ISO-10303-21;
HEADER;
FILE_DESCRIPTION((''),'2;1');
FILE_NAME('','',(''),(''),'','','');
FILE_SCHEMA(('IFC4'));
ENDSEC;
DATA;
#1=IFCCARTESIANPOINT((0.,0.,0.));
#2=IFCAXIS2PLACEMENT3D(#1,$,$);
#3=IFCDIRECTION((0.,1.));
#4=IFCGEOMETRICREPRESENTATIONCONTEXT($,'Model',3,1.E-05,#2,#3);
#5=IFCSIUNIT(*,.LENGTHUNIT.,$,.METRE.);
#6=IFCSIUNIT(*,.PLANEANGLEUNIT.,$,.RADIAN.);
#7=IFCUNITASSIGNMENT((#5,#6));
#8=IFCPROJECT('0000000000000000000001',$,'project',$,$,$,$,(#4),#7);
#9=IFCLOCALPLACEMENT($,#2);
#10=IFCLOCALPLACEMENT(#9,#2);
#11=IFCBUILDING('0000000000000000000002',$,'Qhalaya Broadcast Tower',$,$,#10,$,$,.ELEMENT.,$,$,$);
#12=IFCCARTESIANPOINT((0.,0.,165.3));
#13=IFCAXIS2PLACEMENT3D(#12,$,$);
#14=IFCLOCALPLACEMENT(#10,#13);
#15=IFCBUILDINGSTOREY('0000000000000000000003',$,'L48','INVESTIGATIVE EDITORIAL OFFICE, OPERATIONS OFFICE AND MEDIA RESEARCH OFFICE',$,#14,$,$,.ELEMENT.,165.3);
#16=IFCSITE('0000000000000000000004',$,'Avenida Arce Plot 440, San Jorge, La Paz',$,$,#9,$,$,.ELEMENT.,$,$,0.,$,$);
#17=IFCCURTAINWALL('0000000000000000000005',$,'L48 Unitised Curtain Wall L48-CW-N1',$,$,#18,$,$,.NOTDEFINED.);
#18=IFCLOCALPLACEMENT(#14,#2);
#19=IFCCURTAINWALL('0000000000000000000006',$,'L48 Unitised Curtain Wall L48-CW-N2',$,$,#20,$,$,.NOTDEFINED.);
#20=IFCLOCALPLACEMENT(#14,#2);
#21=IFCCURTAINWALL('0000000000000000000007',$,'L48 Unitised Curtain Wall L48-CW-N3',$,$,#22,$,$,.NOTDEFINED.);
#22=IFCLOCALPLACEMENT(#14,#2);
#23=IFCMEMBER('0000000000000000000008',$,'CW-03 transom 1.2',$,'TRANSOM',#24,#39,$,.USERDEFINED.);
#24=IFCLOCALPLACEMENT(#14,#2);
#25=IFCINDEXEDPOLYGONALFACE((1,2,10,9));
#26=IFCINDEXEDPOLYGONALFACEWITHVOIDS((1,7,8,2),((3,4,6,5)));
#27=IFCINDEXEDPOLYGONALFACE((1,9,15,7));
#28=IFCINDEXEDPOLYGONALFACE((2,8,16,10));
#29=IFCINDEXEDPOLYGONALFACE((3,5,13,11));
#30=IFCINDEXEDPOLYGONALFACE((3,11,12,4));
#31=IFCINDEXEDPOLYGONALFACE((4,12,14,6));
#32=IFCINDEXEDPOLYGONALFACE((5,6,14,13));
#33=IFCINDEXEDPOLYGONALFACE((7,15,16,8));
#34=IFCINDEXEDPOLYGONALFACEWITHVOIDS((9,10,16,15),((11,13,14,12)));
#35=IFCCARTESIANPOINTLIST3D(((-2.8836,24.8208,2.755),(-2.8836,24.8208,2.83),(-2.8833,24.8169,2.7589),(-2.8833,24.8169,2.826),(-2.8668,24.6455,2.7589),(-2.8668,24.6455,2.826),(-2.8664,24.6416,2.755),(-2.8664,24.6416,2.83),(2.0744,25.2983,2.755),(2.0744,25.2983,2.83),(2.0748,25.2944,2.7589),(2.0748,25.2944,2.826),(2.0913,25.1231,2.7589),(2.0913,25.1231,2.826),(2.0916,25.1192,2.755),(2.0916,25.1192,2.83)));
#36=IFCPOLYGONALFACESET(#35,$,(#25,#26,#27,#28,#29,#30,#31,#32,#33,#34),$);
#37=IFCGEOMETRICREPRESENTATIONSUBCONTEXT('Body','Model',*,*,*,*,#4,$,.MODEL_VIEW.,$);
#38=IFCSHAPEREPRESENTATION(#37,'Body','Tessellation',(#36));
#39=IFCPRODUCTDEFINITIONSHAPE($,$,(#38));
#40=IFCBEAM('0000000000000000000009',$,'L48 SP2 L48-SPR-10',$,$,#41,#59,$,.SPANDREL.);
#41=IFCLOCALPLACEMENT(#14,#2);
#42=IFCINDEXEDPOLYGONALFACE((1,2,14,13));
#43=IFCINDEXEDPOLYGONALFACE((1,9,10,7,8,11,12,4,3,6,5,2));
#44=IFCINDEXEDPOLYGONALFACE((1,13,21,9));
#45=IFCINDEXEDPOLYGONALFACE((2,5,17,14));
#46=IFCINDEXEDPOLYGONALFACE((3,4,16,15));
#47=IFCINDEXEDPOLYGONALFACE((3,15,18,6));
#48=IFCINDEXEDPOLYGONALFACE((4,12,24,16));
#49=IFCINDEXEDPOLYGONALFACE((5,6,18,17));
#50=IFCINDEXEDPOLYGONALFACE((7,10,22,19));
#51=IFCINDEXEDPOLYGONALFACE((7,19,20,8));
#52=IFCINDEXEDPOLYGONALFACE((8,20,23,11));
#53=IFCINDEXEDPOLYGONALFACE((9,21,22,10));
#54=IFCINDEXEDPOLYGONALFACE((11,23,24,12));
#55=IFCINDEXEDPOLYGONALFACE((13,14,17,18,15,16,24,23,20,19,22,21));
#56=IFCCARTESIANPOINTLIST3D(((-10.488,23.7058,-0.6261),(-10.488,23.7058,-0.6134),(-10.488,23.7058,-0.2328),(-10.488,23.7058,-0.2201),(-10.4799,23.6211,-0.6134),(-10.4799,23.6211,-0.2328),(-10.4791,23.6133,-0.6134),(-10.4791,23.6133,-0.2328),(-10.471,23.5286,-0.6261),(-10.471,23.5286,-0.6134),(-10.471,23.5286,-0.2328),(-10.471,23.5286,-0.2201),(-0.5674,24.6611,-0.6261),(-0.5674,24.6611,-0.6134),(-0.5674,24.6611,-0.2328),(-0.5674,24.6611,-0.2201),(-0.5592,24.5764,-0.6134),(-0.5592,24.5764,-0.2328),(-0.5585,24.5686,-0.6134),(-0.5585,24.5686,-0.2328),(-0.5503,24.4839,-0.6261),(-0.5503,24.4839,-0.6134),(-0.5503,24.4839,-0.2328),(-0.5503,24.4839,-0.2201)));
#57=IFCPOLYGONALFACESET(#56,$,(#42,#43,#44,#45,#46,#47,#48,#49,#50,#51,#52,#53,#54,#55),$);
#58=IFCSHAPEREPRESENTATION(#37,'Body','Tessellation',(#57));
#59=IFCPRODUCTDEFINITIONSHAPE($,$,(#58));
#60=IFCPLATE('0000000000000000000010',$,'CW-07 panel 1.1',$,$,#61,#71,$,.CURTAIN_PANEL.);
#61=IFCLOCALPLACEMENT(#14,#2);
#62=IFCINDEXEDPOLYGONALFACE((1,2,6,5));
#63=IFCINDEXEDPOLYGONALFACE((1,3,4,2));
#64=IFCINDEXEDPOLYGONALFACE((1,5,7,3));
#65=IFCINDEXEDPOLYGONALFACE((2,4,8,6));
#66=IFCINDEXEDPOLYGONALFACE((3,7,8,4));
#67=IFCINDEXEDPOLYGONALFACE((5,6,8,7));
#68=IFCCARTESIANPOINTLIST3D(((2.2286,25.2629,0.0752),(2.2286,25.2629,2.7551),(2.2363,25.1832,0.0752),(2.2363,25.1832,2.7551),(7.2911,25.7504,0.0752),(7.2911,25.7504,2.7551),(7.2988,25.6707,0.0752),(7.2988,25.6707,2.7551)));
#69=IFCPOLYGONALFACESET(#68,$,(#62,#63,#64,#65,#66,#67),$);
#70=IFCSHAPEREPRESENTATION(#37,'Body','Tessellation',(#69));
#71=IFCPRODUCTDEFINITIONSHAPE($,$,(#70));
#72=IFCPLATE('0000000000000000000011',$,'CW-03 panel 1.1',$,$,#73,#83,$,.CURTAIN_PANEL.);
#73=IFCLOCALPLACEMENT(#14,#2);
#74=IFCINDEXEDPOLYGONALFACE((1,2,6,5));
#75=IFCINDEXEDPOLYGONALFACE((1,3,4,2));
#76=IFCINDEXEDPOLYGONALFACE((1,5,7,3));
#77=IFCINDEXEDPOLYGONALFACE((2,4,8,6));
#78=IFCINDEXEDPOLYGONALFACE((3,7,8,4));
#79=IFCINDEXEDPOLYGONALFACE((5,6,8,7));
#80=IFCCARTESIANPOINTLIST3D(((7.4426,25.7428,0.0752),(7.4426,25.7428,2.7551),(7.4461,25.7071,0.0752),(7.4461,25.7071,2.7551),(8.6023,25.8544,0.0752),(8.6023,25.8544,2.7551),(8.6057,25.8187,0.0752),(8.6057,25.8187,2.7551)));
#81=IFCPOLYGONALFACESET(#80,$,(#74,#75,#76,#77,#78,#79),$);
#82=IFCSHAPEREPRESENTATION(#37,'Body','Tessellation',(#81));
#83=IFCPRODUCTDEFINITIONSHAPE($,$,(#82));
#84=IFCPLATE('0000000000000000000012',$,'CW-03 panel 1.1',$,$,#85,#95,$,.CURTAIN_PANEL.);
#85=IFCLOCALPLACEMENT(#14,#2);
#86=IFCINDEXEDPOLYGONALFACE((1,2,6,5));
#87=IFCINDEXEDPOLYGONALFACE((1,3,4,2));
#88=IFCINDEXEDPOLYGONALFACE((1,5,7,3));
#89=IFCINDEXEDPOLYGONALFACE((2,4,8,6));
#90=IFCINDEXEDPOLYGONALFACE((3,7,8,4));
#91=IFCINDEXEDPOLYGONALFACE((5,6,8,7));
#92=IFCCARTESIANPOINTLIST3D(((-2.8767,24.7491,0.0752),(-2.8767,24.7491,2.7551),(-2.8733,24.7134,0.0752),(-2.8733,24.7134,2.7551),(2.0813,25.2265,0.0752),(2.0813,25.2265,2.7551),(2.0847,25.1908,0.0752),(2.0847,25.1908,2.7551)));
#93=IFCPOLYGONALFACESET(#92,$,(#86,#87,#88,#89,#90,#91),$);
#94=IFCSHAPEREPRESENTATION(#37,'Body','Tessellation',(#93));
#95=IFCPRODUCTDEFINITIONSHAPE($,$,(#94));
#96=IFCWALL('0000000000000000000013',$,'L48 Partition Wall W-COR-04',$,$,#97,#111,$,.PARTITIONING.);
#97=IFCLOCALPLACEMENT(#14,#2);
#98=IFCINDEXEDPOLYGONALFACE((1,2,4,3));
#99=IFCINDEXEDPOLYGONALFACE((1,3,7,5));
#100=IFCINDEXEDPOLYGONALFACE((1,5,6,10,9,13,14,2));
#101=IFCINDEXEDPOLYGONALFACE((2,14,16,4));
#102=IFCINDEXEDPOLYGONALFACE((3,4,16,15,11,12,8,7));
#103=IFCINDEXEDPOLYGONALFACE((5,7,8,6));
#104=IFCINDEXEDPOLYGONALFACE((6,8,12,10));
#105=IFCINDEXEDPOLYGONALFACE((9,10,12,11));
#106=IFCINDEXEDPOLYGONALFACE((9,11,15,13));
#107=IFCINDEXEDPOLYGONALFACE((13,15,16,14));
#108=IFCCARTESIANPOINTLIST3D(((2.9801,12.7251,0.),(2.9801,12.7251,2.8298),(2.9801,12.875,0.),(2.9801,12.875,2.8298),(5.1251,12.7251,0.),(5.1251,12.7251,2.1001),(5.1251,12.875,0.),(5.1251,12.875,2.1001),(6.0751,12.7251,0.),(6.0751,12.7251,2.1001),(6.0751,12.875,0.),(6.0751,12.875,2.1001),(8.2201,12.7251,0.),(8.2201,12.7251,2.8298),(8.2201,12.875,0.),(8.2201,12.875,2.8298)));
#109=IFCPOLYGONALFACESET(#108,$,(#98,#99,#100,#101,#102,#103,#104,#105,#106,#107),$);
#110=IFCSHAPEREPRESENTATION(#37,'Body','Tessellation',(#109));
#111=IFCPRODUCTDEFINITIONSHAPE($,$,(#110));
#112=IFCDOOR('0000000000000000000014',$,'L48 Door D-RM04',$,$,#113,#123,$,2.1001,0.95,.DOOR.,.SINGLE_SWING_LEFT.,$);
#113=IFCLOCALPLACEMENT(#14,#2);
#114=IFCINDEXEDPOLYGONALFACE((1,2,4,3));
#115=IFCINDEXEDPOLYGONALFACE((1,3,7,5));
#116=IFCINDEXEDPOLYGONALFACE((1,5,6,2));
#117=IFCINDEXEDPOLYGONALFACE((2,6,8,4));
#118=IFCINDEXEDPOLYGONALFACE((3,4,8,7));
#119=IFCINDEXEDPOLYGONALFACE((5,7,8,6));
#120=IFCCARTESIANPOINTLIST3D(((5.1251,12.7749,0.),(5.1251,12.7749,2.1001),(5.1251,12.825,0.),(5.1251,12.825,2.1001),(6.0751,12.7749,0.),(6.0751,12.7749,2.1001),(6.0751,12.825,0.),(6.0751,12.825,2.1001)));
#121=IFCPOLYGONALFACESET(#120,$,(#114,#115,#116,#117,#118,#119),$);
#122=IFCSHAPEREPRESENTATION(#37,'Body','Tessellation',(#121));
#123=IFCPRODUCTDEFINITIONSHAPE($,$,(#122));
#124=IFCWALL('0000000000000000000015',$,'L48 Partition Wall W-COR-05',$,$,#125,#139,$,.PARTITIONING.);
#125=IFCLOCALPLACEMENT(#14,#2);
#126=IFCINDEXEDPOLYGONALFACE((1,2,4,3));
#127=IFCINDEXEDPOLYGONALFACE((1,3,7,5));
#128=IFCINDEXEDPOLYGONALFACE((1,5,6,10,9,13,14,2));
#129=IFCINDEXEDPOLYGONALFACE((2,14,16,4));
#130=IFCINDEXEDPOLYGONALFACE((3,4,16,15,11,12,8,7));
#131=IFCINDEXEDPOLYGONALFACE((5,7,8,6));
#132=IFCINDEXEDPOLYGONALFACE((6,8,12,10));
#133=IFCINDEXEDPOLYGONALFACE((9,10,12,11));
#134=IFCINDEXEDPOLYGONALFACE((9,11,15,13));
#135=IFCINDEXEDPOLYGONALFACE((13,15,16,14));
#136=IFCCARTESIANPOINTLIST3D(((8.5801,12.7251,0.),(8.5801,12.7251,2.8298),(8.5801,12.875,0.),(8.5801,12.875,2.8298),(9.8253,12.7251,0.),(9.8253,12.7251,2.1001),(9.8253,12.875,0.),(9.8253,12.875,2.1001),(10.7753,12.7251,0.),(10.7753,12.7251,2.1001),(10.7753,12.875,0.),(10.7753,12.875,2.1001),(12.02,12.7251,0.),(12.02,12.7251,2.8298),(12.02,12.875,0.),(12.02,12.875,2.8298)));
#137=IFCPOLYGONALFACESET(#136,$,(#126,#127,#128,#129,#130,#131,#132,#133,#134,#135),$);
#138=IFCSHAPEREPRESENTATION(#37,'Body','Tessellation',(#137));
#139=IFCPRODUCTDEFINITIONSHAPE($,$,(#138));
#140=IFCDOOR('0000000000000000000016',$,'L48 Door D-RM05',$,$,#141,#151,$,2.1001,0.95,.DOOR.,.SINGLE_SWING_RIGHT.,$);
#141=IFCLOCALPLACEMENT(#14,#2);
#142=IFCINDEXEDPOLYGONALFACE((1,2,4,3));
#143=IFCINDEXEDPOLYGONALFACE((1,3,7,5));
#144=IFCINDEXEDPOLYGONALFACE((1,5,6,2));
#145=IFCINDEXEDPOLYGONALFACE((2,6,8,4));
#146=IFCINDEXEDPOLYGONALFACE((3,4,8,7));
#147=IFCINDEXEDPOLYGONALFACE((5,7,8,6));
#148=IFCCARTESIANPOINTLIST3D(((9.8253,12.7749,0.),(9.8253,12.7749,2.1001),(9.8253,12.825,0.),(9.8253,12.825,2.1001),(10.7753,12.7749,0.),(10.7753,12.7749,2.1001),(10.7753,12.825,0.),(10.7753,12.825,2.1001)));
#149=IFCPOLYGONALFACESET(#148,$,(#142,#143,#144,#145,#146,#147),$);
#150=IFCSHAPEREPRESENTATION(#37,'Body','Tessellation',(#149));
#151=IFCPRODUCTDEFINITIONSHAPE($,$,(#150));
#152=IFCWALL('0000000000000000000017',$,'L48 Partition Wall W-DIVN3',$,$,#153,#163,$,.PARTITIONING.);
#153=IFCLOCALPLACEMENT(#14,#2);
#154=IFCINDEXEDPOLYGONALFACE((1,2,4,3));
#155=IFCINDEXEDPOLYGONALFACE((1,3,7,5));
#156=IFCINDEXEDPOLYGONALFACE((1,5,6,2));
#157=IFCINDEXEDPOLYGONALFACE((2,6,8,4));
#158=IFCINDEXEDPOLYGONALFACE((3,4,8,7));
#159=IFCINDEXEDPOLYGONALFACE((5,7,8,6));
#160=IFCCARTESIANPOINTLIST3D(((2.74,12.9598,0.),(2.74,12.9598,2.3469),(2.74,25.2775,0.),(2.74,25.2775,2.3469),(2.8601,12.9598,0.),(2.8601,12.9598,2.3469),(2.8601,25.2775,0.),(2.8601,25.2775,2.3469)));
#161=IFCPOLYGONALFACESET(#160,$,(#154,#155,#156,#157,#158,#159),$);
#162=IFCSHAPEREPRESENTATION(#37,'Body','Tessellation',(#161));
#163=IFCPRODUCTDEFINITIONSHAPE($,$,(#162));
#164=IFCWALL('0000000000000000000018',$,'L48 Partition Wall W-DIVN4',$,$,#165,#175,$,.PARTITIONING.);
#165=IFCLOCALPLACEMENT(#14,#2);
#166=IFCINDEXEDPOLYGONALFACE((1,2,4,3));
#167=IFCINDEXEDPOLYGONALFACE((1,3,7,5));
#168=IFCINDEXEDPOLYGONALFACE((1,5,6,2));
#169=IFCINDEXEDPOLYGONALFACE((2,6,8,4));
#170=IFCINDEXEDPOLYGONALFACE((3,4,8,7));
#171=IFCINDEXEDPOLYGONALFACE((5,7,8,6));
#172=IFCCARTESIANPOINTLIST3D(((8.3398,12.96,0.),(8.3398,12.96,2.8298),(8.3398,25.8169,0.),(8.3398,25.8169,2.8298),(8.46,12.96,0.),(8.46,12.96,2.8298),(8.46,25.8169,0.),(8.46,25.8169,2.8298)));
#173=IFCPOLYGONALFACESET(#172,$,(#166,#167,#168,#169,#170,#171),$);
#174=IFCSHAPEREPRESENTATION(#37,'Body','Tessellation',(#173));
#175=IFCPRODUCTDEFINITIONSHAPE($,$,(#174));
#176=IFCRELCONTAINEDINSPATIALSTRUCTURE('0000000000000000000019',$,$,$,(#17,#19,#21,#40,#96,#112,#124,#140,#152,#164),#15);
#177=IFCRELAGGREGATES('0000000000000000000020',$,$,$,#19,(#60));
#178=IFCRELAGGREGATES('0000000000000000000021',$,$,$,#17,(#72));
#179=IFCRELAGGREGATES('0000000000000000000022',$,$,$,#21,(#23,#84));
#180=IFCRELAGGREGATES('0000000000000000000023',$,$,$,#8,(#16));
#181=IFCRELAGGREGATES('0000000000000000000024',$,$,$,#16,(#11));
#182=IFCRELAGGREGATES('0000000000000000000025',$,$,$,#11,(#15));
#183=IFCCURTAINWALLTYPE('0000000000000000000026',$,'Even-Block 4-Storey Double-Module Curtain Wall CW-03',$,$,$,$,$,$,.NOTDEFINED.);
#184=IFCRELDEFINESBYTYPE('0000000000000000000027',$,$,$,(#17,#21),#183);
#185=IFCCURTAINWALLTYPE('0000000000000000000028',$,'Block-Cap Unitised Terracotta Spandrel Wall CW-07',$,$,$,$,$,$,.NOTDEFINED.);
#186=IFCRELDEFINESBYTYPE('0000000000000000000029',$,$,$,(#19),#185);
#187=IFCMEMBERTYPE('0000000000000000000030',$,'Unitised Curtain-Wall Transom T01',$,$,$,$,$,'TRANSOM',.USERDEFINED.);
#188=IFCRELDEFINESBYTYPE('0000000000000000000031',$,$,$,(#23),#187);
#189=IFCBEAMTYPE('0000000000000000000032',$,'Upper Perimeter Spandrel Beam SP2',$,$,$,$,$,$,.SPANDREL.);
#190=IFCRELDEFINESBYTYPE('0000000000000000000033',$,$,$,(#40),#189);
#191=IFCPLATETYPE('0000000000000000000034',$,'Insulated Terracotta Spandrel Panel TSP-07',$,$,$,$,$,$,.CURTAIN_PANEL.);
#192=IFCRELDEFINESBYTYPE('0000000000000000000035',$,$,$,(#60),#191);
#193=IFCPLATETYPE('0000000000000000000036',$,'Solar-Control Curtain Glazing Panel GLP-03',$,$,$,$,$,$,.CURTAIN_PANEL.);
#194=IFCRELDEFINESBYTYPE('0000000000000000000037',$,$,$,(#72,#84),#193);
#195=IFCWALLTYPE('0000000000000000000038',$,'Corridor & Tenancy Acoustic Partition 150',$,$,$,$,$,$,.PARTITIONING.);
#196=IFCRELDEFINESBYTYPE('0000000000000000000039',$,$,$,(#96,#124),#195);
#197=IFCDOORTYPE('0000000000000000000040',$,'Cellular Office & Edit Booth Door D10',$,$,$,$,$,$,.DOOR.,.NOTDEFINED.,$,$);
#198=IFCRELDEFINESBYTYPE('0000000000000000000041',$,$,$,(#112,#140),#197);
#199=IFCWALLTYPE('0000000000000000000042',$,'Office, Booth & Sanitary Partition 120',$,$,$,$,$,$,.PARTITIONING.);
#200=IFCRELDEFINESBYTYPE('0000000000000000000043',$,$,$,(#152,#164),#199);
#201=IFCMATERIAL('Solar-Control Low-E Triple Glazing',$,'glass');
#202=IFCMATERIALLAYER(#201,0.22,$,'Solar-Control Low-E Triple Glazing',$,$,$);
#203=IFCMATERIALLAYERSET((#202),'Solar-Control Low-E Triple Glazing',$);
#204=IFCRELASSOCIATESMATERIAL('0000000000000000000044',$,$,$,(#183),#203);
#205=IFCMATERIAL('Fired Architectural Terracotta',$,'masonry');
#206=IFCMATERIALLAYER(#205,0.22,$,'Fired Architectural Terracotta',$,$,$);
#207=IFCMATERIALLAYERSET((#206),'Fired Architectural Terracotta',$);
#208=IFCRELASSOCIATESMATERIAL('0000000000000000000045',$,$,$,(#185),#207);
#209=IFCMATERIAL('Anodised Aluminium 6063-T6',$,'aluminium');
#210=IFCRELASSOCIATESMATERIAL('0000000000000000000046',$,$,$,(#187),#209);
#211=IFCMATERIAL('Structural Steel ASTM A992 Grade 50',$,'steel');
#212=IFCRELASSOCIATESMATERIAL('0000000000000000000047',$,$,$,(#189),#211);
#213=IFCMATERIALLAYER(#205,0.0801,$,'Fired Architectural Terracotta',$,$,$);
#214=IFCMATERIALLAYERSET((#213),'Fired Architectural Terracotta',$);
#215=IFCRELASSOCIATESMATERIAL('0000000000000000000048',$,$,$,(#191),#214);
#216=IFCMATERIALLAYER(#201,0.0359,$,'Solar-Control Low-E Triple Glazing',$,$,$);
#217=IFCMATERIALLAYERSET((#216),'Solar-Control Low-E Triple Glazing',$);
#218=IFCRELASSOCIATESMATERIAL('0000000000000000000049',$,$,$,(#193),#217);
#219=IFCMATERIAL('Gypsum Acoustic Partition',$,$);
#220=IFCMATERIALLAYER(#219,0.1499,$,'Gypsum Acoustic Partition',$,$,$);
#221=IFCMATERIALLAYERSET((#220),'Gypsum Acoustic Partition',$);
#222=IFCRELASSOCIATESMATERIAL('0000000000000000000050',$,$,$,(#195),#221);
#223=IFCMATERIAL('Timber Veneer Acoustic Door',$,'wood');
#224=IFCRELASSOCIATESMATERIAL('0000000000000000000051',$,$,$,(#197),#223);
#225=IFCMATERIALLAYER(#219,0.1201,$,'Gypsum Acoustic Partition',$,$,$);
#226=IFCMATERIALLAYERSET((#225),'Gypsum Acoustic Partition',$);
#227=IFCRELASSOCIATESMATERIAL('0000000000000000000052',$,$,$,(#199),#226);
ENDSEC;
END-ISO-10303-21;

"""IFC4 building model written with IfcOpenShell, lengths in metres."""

from ifc_helpers import new_model, si_unit, direction, frame, frame_2d, origin, origin_2d, place, context, subcontext, project, spatial, rectangle, hollow_rectangle, i_section, extrude, material, layer, layer_set, material_profile, profile_set, type_object, element, fill, aggregate, save


model = new_model("IFC4")

# Units and contexts
model_context = context("Model", 3, precision=1e-05, world=origin(), true_north=direction((0.0, 1.0)))
body_context = subcontext(model_context, "Body", "Model", "MODEL_VIEW")
ifc_project = project(units=[si_unit("LENGTHUNIT", "METRE"), si_unit("PLANEANGLEUNIT", "RADIAN")], contexts=[model_context])

# Site, building, storey
site_placement = place(None, origin())
site = spatial("IfcSite", under=ifc_project, at=site_placement, Name="Avenida Arce Plot 440, San Jorge, La Paz", CompositionType="ELEMENT", RefElevation=0.0)
building_placement = place(site_placement, origin())
building = spatial("IfcBuilding", under=site, at=building_placement, Name="Qhalaya Broadcast Tower", CompositionType="ELEMENT")
storey_placement = place(building_placement, frame((0.0, 0.0, 165.3)))
storey = spatial("IfcBuildingStorey", under=building, at=storey_placement, Name="L48", Description="INVESTIGATIVE EDITORIAL OFFICE, OPERATIONS OFFICE AND MEDIA RESEARCH OFFICE", CompositionType="ELEMENT", Elevation=165.3)

# Curtain wall
ifc_material_1 = material(Name="Solar-Control Low-E Triple Glazing", Category="glass")
ifc_layer_1 = layer(ifc_material_1, 0.22, Name="Solar-Control Low-E Triple Glazing")
ifc_layer_set_1 = layer_set([ifc_layer_1], Name="Solar-Control Low-E Triple Glazing")
curtain_wall_type_1 = type_object("IfcCurtainWallType", Name="Even-Block 4-Storey Double-Module Curtain Wall CW-03", PredefinedType="NOTDEFINED", material=ifc_layer_set_1)
curtain_wall_1_placement = place(storey_placement, origin())
curtain_wall_1 = element("IfcCurtainWall", 1, at=curtain_wall_1_placement, inside=storey, type_object=curtain_wall_type_1, Name="L48 Unitised Curtain Wall L48-CW-N1", PredefinedType="NOTDEFINED")
ifc_material_2 = material(Name="Anodised Aluminium 6063-T6", Category="aluminium")

# Curtain wall
ifc_material_3 = material(Name="Fired Architectural Terracotta", Category="masonry")
ifc_layer_2 = layer(ifc_material_3, 0.22, Name="Fired Architectural Terracotta")
ifc_layer_set_2 = layer_set([ifc_layer_2], Name="Fired Architectural Terracotta")
curtain_wall_type_2 = type_object("IfcCurtainWallType", Name="Block-Cap Unitised Terracotta Spandrel Wall CW-07", PredefinedType="NOTDEFINED", material=ifc_layer_set_2)
curtain_wall_2_placement = place(storey_placement, origin())
curtain_wall_2 = element("IfcCurtainWall", 2, at=curtain_wall_2_placement, inside=storey, type_object=curtain_wall_type_2, Name="L48 Unitised Curtain Wall L48-CW-N2", PredefinedType="NOTDEFINED")

# Curtain wall
curtain_wall_3_placement = place(storey_placement, origin())
curtain_wall_3 = element("IfcCurtainWall", 3, at=curtain_wall_3_placement, inside=storey, type_object=curtain_wall_type_1, Name="L48 Unitised Curtain Wall L48-CW-N3", PredefinedType="NOTDEFINED")

# Member
ifc_material_profile_1 = material_profile(ifc_material_2, hollow_rectangle(XDim=0.075, YDim=0.1799, WallThickness=0.0039, at=origin_2d()), Name="ALU-TRN 75x180x4")
ifc_profile_set_1 = profile_set([ifc_material_profile_1], Name="Anodised Aluminium 6063-T6")
member_type_1 = type_object("IfcMemberType", Name="Unitised Curtain-Wall Transom T01", ElementType="TRANSOM", PredefinedType="USERDEFINED", material=ifc_profile_set_1)
member_1_placement = place(storey_placement, frame((2.083, 25.2087, 2.7925), z_axis=(-0.995394, -0.095873, 0.0), x_axis=(0.0, 0.0, 1.0)))
member_1 = element("IfcMember", 4, at=member_1_placement, type_object=member_type_1, Name="CW-03 transom 1.2", ObjectType="TRANSOM", PredefinedType="USERDEFINED", context=body_context, shape_type="SweptSolid", body=[
    extrude(hollow_rectangle(XDim=0.075, YDim=0.1799, WallThickness=0.0039, at=origin_2d()), origin(), (0.0, 0.0, 1.0), 4.981),
])

# Beam
ifc_material_4 = material(Name="Structural Steel ASTM A992 Grade 50", Category="steel")
ifc_material_profile_2 = material_profile(ifc_material_4, i_section(OverallWidth=0.178, OverallDepth=0.406, WebThickness=0.0078, FlangeThickness=0.0127, at=origin_2d()), Name="W16X40")
ifc_profile_set_2 = profile_set([ifc_material_profile_2], Name="Structural Steel ASTM A992 Grade 50")
beam_type = type_object("IfcBeamType", Name="Upper Perimeter Spandrel Beam SP2", PredefinedType="SPANDREL", material=ifc_profile_set_2)
beam_placement = place(storey_placement, frame((-0.5588, 24.5725, -0.4231), z_axis=(-0.995396, -0.095853, 0.0), x_axis=(0.095853, -0.995396, 0.0)))
element("IfcBeam", 5, at=beam_placement, inside=storey, type_object=beam_type, Name="L48 SP2 L48-SPR-10", PredefinedType="SPANDREL", context=body_context, shape_type="SweptSolid", body=[
    extrude(i_section(OverallWidth=0.178, OverallDepth=0.406, WebThickness=0.0078, FlangeThickness=0.0127, at=origin_2d()), origin(), (0.0, 0.0, 1.0), 9.9666),
])

# Plates
ifc_layer_3 = layer(ifc_material_3, 0.0801, Name="Fired Architectural Terracotta")
ifc_layer_set_3 = layer_set([ifc_layer_3], Name="Fired Architectural Terracotta")
plate_type_1 = type_object("IfcPlateType", Name="Insulated Terracotta Spandrel Panel TSP-07", PredefinedType="CURTAIN_PANEL", material=ifc_layer_set_3)
plate_1_placement = place(storey_placement, frame((4.7637, 25.4668, 0.0752), z_axis=(0.0, 0.0, 1.0), x_axis=(-0.995395, -0.095855, 0.0)))
plate_1 = element("IfcPlate", 6, at=plate_1_placement, type_object=plate_type_1, Name="CW-07 panel 1.1", PredefinedType="CURTAIN_PANEL", context=body_context, shape_type="SweptSolid", body=[
    extrude(rectangle(XDim=5.0859, YDim=0.0801, at=origin_2d()), origin(), (0.0, 0.0, 1.0), 2.6799),
])
aggregate(curtain_wall_2, [plate_1])
ifc_layer_4 = layer(ifc_material_1, 0.0359, Name="Solar-Control Low-E Triple Glazing")
ifc_layer_set_4 = layer_set([ifc_layer_4], Name="Solar-Control Low-E Triple Glazing")
plate_type_2 = type_object("IfcPlateType", Name="Solar-Control Curtain Glazing Panel GLP-03", PredefinedType="CURTAIN_PANEL", material=ifc_layer_set_4)
plate_2_placement = place(storey_placement, frame((8.0242, 25.7808, 0.0752), z_axis=(0.0, 0.0, 1.0), x_axis=(-0.995399, -0.095821, 0.0)))
plate_2 = element("IfcPlate", 7, at=plate_2_placement, type_object=plate_type_2, Name="CW-03 panel 1.1", PredefinedType="CURTAIN_PANEL", context=body_context, shape_type="SweptSolid", body=[
    extrude(rectangle(XDim=1.165, YDim=0.0359, at=origin_2d()), origin(), (0.0, 0.0, 1.0), 2.6799),
])
aggregate(curtain_wall_1, [plate_2])
plate_3_placement = place(storey_placement, frame((-0.396, 24.97, 0.0752), z_axis=(0.0, 0.0, 1.0), x_axis=(-0.995396, -0.095848, 0.0)))
plate_3 = element("IfcPlate", 8, at=plate_3_placement, type_object=plate_type_2, Name="CW-03 panel 1.1", PredefinedType="CURTAIN_PANEL", context=body_context, shape_type="SweptSolid", body=[
    extrude(rectangle(XDim=4.981, YDim=0.0359, at=origin_2d()), origin(), (0.0, 0.0, 1.0), 2.6799),
])
aggregate(curtain_wall_3, [member_1, plate_3])

# Walls, openings, doors
ifc_material_5 = material(Name="Gypsum Acoustic Partition")
ifc_layer_5 = layer(ifc_material_5, 0.1499, Name="Gypsum Acoustic Partition")
ifc_layer_set_5 = layer_set([ifc_layer_5], Name="Gypsum Acoustic Partition")
wall_type_1 = type_object("IfcWallType", Name="Corridor & Tenancy Acoustic Partition 150", PredefinedType="PARTITIONING", material=ifc_layer_set_5)
wall_1_placement = place(storey_placement, frame((2.98, 12.8, 0.0), z_axis=(0.0, 0.0, 1.0), x_axis=(1.0, 0.0, 0.0)))
wall_1 = element("IfcWall", 9, at=wall_1_placement, inside=storey, type_object=wall_type_1, Name="L48 Partition Wall W-COR-04", PredefinedType="PARTITIONING", context=body_context, shape_type="SweptSolid", body=[
    extrude(rectangle(XDim=5.24, YDim=0.1499, at=frame_2d((2.6201, 0.0))), origin(), (0.0, 0.0, 1.0), 2.8298),
])
opening_1_placement = place(wall_1_placement, frame((2.145, 0.0, 0.0)))
opening_1 = element("IfcOpeningElement", 10, at=opening_1_placement, cuts=wall_1, PredefinedType="OPENING", context=body_context, shape_type="SweptSolid", body=[
    extrude(rectangle(XDim=0.95, YDim=2.1001, at=frame_2d((0.4751, 1.05))), frame((0.0, 0.0869, 0.0), z_axis=(0.0, -1.0, 0.0), x_axis=(1.0, 0.0, 0.0)), (0.0, 0.0, 1.0), 0.1738),
])
ifc_material_6 = material(Name="Timber Veneer Acoustic Door", Category="wood")
door_type = type_object("IfcDoorType", Name="Cellular Office & Edit Booth Door D10", OperationType="NOTDEFINED", PredefinedType="DOOR", material=ifc_material_6)
door_1_placement = place(opening_1_placement, origin())
door_1 = element("IfcDoor", 11, at=door_1_placement, inside=storey, type_object=door_type, Name="L48 Door D-RM04", OperationType="SINGLE_SWING_LEFT", OverallHeight=2.1001, OverallWidth=0.95, PredefinedType="DOOR", context=body_context, shape_type="SweptSolid", body=[
    extrude(rectangle(XDim=0.95, YDim=2.1001, at=frame_2d((0.4751, 1.05))), frame((0.0, 0.0249, 0.0), z_axis=(0.0, -1.0, 0.0), x_axis=(1.0, 0.0, 0.0)), (0.0, 0.0, 1.0), 0.05),
])
fill(opening_1, door_1)
wall_2_placement = place(storey_placement, frame((8.5801, 12.8, 0.0), z_axis=(0.0, 0.0, 1.0), x_axis=(1.0, 0.0, 0.0)))
wall_2 = element("IfcWall", 12, at=wall_2_placement, inside=storey, type_object=wall_type_1, Name="L48 Partition Wall W-COR-05", PredefinedType="PARTITIONING", context=body_context, shape_type="SweptSolid", body=[
    extrude(rectangle(XDim=3.4399, YDim=0.1499, at=frame_2d((1.72, 0.0))), origin(), (0.0, 0.0, 1.0), 2.8298),
])
opening_2_placement = place(wall_2_placement, frame((1.2451, 0.0, 0.0)))
opening_2 = element("IfcOpeningElement", 13, at=opening_2_placement, cuts=wall_2, PredefinedType="OPENING", context=body_context, shape_type="SweptSolid", body=[
    extrude(rectangle(XDim=0.95, YDim=2.1001, at=frame_2d((0.4751, 1.05))), frame((0.0, 0.0869, 0.0), z_axis=(0.0, -1.0, 0.0), x_axis=(1.0, 0.0, 0.0)), (0.0, 0.0, 1.0), 0.1738),
])
door_2_placement = place(opening_2_placement, origin())
door_2 = element("IfcDoor", 14, at=door_2_placement, inside=storey, type_object=door_type, Name="L48 Door D-RM05", OperationType="SINGLE_SWING_RIGHT", OverallHeight=2.1001, OverallWidth=0.95, PredefinedType="DOOR", context=body_context, shape_type="SweptSolid", body=[
    extrude(rectangle(XDim=0.95, YDim=2.1001, at=frame_2d((0.4751, 1.05))), frame((0.0, 0.0249, 0.0), z_axis=(0.0, -1.0, 0.0), x_axis=(1.0, 0.0, 0.0)), (0.0, 0.0, 1.0), 0.05),
])
fill(opening_2, door_2)

# Walls
ifc_layer_6 = layer(ifc_material_5, 0.1201, Name="Gypsum Acoustic Partition")
ifc_layer_set_6 = layer_set([ifc_layer_6], Name="Gypsum Acoustic Partition")
wall_type_2 = type_object("IfcWallType", Name="Office, Booth & Sanitary Partition 120", PredefinedType="PARTITIONING", material=ifc_layer_set_6)
wall_3_placement = place(storey_placement, frame((2.8, 12.96, 0.0), z_axis=(0.0, 0.0, 1.0), x_axis=(0.0, 1.0, 0.0)))
element("IfcWall", 15, at=wall_3_placement, inside=storey, type_object=wall_type_2, Name="L48 Partition Wall W-DIVN3", PredefinedType="PARTITIONING", context=body_context, shape_type="SweptSolid", body=[
    extrude(rectangle(XDim=12.3176, YDim=0.1201, at=frame_2d((6.1587, 0.0))), origin(), (0.0, 0.0, 1.0), 2.3469),
])
wall_4_placement = place(storey_placement, frame((8.3999, 12.96, 0.0), z_axis=(0.0, 0.0, 1.0), x_axis=(0.0, 1.0, 0.0)))
element("IfcWall", 16, at=wall_4_placement, inside=storey, type_object=wall_type_2, Name="L48 Partition Wall W-DIVN4", PredefinedType="PARTITIONING", context=body_context, shape_type="SweptSolid", body=[
    extrude(rectangle(XDim=12.8569, YDim=0.1201, at=frame_2d((6.4285, 0.0))), origin(), (0.0, 0.0, 1.0), 2.8298),
])

save(model, "model.ifc")
